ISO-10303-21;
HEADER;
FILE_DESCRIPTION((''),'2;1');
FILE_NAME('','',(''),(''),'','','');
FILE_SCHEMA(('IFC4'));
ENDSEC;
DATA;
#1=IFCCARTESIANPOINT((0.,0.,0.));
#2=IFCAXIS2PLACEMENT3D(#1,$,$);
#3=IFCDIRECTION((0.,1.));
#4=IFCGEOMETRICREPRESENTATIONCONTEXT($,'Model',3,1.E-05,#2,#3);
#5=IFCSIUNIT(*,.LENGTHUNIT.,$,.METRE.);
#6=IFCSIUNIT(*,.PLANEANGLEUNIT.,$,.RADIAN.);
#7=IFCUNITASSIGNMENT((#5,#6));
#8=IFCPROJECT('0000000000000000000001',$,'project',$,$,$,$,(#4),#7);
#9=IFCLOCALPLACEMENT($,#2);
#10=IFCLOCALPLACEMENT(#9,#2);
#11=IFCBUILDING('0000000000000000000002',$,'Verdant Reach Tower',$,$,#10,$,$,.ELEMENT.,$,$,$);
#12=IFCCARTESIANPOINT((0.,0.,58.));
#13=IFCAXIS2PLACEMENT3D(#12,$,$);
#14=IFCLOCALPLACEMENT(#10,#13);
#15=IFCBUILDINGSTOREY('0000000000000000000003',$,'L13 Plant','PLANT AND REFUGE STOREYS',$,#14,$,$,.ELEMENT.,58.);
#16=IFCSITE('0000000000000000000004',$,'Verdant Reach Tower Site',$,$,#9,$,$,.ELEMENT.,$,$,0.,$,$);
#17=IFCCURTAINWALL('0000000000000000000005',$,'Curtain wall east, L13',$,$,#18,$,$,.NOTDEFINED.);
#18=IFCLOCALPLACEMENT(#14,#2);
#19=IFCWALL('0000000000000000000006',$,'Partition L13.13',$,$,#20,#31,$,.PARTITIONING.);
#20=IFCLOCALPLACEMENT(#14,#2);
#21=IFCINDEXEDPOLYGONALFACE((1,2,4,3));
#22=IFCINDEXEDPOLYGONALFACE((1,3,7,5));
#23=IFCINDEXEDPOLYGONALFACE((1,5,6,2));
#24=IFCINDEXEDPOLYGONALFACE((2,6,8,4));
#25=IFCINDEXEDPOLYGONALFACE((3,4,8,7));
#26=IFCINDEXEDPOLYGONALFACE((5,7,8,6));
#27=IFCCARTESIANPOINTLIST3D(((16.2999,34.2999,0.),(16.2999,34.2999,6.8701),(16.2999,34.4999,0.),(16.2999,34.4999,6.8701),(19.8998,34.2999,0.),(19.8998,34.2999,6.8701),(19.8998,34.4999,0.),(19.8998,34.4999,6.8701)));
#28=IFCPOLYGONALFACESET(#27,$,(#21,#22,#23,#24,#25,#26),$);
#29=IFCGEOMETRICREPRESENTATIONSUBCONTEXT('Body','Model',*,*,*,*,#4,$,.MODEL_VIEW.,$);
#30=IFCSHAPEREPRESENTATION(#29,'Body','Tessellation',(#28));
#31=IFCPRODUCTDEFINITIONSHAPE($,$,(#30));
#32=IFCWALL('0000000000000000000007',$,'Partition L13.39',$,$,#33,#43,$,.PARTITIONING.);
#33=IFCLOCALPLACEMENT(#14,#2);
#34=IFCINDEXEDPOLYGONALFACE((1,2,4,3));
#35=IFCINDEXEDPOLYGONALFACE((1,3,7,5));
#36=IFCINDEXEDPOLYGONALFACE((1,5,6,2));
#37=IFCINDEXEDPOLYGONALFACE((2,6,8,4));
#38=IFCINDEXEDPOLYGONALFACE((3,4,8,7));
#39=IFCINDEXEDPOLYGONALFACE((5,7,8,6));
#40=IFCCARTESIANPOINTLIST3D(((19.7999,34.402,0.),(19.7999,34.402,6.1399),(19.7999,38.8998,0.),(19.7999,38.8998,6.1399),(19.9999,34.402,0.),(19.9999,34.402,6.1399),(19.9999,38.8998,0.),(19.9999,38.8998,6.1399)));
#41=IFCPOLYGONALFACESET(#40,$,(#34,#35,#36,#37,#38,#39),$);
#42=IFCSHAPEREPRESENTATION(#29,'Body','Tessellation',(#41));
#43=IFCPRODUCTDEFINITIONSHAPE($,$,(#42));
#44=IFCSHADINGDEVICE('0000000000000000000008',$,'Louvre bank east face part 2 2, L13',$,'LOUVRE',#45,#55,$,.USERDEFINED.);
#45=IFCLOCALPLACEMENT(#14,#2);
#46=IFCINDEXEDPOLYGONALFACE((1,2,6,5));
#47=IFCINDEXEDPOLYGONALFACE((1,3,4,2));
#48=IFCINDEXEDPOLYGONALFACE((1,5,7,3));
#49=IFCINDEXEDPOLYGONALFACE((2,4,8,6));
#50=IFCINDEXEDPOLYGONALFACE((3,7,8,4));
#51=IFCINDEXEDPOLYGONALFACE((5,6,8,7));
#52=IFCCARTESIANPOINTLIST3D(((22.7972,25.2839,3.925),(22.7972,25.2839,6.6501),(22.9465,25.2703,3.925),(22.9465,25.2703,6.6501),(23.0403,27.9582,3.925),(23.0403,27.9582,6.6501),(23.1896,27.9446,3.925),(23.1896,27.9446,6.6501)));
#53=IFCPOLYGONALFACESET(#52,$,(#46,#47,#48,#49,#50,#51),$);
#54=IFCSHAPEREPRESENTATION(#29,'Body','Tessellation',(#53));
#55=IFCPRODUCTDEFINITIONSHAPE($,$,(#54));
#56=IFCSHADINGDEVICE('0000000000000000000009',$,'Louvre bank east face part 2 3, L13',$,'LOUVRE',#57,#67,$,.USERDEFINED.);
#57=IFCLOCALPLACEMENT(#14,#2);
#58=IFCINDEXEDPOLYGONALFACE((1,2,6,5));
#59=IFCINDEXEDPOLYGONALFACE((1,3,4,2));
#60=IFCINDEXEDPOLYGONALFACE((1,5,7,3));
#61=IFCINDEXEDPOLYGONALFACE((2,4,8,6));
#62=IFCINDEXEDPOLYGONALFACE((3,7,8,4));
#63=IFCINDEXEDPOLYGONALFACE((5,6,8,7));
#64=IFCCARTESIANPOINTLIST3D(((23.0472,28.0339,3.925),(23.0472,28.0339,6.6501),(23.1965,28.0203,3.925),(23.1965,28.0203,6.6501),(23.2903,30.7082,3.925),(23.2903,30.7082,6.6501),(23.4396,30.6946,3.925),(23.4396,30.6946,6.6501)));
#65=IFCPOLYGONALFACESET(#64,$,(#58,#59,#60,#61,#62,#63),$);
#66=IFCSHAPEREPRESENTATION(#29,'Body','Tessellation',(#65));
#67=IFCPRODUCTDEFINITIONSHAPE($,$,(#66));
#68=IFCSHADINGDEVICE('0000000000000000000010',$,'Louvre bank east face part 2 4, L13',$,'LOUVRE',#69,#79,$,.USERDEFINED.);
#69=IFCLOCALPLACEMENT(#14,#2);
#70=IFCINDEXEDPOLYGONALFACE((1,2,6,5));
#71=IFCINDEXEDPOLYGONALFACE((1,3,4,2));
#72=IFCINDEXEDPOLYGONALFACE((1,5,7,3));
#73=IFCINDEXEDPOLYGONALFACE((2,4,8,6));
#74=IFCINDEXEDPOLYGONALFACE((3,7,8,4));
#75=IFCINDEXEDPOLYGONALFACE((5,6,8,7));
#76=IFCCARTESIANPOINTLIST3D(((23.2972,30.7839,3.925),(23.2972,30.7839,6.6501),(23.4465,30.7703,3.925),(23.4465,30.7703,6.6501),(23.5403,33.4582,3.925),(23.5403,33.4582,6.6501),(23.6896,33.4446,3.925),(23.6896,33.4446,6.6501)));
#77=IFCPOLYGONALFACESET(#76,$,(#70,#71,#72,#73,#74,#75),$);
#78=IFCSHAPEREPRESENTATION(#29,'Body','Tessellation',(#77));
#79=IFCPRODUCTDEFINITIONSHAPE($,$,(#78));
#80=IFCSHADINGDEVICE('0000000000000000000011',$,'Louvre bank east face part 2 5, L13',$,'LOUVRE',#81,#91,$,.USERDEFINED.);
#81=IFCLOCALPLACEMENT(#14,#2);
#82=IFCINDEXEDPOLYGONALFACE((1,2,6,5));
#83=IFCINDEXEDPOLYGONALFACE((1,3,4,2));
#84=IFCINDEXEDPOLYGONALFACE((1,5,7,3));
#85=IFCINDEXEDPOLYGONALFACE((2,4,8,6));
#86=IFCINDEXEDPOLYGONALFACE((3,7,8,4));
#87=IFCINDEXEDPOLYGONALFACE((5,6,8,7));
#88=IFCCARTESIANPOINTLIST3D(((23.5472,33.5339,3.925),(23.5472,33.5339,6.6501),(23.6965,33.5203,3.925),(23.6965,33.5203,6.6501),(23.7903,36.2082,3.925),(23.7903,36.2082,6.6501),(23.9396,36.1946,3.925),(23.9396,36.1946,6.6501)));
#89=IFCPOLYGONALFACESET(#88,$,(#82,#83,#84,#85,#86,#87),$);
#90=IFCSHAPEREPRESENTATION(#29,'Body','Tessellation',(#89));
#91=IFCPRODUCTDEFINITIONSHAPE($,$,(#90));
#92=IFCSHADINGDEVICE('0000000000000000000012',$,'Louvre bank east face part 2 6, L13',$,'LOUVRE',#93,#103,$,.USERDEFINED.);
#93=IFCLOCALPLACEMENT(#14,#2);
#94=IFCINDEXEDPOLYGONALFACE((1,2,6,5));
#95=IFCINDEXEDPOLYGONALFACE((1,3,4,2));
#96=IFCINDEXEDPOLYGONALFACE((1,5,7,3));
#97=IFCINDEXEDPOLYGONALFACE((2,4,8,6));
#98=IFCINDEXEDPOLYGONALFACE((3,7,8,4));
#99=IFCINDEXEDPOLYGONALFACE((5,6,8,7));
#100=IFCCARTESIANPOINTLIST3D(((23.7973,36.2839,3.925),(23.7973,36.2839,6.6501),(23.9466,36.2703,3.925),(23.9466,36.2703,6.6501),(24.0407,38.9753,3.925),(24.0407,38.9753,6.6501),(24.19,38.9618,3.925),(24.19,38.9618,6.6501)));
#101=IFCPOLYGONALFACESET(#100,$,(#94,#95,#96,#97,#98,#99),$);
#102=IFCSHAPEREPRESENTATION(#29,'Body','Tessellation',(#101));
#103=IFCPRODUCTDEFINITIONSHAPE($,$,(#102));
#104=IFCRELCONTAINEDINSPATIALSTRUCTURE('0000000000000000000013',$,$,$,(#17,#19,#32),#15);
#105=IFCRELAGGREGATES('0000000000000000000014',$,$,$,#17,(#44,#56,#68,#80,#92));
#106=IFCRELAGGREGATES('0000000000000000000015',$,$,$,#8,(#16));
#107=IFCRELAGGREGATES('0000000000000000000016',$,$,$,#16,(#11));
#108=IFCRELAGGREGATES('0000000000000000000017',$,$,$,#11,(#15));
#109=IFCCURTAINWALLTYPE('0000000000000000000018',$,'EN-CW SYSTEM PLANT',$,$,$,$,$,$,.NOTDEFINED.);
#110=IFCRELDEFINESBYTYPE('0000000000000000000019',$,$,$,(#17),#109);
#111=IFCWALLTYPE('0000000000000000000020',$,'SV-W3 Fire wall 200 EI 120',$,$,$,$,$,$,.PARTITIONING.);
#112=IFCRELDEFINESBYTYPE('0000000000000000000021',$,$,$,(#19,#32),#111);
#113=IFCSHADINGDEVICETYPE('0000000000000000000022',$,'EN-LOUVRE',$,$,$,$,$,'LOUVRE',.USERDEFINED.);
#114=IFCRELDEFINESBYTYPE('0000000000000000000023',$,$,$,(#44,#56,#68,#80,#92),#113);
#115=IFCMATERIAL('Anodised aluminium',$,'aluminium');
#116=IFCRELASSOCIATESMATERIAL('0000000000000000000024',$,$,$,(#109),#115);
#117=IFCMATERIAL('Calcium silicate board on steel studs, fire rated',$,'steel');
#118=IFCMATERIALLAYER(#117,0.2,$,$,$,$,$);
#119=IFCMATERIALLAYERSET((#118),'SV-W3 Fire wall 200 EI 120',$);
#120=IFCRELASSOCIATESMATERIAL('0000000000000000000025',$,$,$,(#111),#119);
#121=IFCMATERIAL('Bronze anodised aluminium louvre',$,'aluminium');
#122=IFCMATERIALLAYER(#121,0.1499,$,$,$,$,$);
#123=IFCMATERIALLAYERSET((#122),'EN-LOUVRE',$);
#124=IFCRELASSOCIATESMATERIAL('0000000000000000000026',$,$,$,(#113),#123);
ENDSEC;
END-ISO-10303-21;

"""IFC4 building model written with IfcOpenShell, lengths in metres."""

from ifc_helpers import new_model, si_unit, direction, frame, frame_2d, origin, origin_2d, place, context, subcontext, project, spatial, rectangle, extrude, material, layer, layer_set, type_object, element, aggregate, save


model = new_model("IFC4")

# Units and contexts
model_context = context("Model", 3, precision=1e-05, world=origin(), true_north=direction((0.0, 1.0)))
body_context = subcontext(model_context, "Body", "Model", "MODEL_VIEW")
ifc_project = project(units=[si_unit("LENGTHUNIT", "METRE"), si_unit("PLANEANGLEUNIT", "RADIAN")], contexts=[model_context])

# Site, building, storey
site_placement = place(None, origin())
site = spatial("IfcSite", under=ifc_project, at=site_placement, Name="Verdant Reach Tower Site", CompositionType="ELEMENT", RefElevation=0.0)
building_placement = place(site_placement, origin())
building = spatial("IfcBuilding", under=site, at=building_placement, Name="Verdant Reach Tower", CompositionType="ELEMENT")
storey_placement = place(building_placement, frame((0.0, 0.0, 58.0)))
storey = spatial("IfcBuildingStorey", under=building, at=storey_placement, Name="L13 Plant", Description="PLANT AND REFUGE STOREYS", CompositionType="ELEMENT", Elevation=58.0)

# Curtain wall
ifc_material_1 = material(Name="Anodised aluminium", Category="aluminium")
curtain_wall_type = type_object("IfcCurtainWallType", Name="EN-CW SYSTEM PLANT", PredefinedType="NOTDEFINED", material=ifc_material_1)
curtain_wall_placement = place(storey_placement, origin())
curtain_wall = element("IfcCurtainWall", 1, at=curtain_wall_placement, inside=storey, type_object=curtain_wall_type, Name="Curtain wall east, L13", PredefinedType="NOTDEFINED")

# Shared definitions
ifc_material_2 = material(Name="Calcium silicate board on steel studs, fire rated", Category="steel")
ifc_layer_1 = layer(ifc_material_2, 0.2)
ifc_layer_set_1 = layer_set([ifc_layer_1], Name="SV-W3 Fire wall 200 EI 120")
wall_type_1 = type_object("IfcWallType", Name="SV-W3 Fire wall 200 EI 120", PredefinedType="PARTITIONING", material=ifc_layer_set_1)

# Walls
wall_1_placement = place(storey_placement, frame((16.3, 34.3999, 0.0), z_axis=(0.0, 0.0, 1.0), x_axis=(1.0, 0.0, 0.0)))
element("IfcWall", 2, at=wall_1_placement, inside=storey, type_object=wall_type_1, Name="Partition L13.13", PredefinedType="PARTITIONING", context=body_context, shape_type="SweptSolid", body=[
    extrude(rectangle(XDim=3.5999, YDim=0.2, at=frame_2d((1.7998, 0.0))), origin(), (0.0, 0.0, 1.0), 6.8701),
])
wall_2_placement = place(storey_placement, frame((19.8999, 38.8999, 0.0), z_axis=(0.0, 0.0, 1.0), x_axis=(0.0, -1.0, 0.0)))
element("IfcWall", 3, at=wall_2_placement, inside=storey, type_object=wall_type_1, Name="Partition L13.39", PredefinedType="PARTITIONING", context=body_context, shape_type="SweptSolid", body=[
    extrude(rectangle(XDim=4.4978, YDim=0.2, at=frame_2d((2.249, 0.0))), origin(), (0.0, 0.0, 1.0), 6.1399),
])

# Shading devices
ifc_material_3 = material(Name="Bronze anodised aluminium louvre", Category="aluminium")
ifc_layer_2 = layer(ifc_material_3, 0.1499)
ifc_layer_set_2 = layer_set([ifc_layer_2], Name="EN-LOUVRE")
shading_device_type = type_object("IfcShadingDeviceType", Name="EN-LOUVRE", ElementType="LOUVRE", PredefinedType="USERDEFINED", material=ifc_layer_set_2)
shading_device_1_placement = place(storey_placement, frame((22.9934, 26.6143, 3.925), z_axis=(0.0, 0.0, 1.0), x_axis=(0.090536, 0.995893, 0.0)))
shading_device_1 = element("IfcShadingDevice", 4, at=shading_device_1_placement, type_object=shading_device_type, Name="Louvre bank east face part 2 2, L13", ObjectType="LOUVRE", PredefinedType="USERDEFINED", context=body_context, shape_type="SweptSolid", body=[
    extrude(rectangle(XDim=2.6853, YDim=0.1499, at=origin_2d()), origin(), (0.0, 0.0, 1.0), 2.7251),
])
shading_device_2_placement = place(storey_placement, frame((23.2434, 29.3643, 3.925), z_axis=(0.0, 0.0, 1.0), x_axis=(0.090536, 0.995893, 0.0)))
shading_device_2 = element("IfcShadingDevice", 5, at=shading_device_2_placement, type_object=shading_device_type, Name="Louvre bank east face part 2 3, L13", ObjectType="LOUVRE", PredefinedType="USERDEFINED", context=body_context, shape_type="SweptSolid", body=[
    extrude(rectangle(XDim=2.6853, YDim=0.1499, at=origin_2d()), origin(), (0.0, 0.0, 1.0), 2.7251),
])
shading_device_3_placement = place(storey_placement, frame((23.4934, 32.1143, 3.925), z_axis=(0.0, 0.0, 1.0), x_axis=(0.090536, 0.995893, 0.0)))
shading_device_3 = element("IfcShadingDevice", 6, at=shading_device_3_placement, type_object=shading_device_type, Name="Louvre bank east face part 2 4, L13", ObjectType="LOUVRE", PredefinedType="USERDEFINED", context=body_context, shape_type="SweptSolid", body=[
    extrude(rectangle(XDim=2.6853, YDim=0.1499, at=origin_2d()), origin(), (0.0, 0.0, 1.0), 2.7251),
])
shading_device_4_placement = place(storey_placement, frame((23.7434, 34.8643, 3.925), z_axis=(0.0, 0.0, 1.0), x_axis=(0.090536, 0.995893, 0.0)))
shading_device_4 = element("IfcShadingDevice", 7, at=shading_device_4_placement, type_object=shading_device_type, Name="Louvre bank east face part 2 5, L13", ObjectType="LOUVRE", PredefinedType="USERDEFINED", context=body_context, shape_type="SweptSolid", body=[
    extrude(rectangle(XDim=2.6853, YDim=0.1499, at=origin_2d()), origin(), (0.0, 0.0, 1.0), 2.7251),
])
shading_device_5_placement = place(storey_placement, frame((23.9937, 37.6228, 3.925), z_axis=(0.0, 0.0, 1.0), x_axis=(0.090097, 0.995933, 0.0)))
shading_device_5 = element("IfcShadingDevice", 8, at=shading_device_5_placement, type_object=shading_device_type, Name="Louvre bank east face part 2 6, L13", ObjectType="LOUVRE", PredefinedType="USERDEFINED", context=body_context, shape_type="SweptSolid", body=[
    extrude(rectangle(XDim=2.7024, YDim=0.1499, at=origin_2d()), origin(), (0.0, 0.0, 1.0), 2.7251),
])
aggregate(curtain_wall, [shading_device_1, shading_device_2, shading_device_3, shading_device_4, shading_device_5])

save(model, "model.ifc")
